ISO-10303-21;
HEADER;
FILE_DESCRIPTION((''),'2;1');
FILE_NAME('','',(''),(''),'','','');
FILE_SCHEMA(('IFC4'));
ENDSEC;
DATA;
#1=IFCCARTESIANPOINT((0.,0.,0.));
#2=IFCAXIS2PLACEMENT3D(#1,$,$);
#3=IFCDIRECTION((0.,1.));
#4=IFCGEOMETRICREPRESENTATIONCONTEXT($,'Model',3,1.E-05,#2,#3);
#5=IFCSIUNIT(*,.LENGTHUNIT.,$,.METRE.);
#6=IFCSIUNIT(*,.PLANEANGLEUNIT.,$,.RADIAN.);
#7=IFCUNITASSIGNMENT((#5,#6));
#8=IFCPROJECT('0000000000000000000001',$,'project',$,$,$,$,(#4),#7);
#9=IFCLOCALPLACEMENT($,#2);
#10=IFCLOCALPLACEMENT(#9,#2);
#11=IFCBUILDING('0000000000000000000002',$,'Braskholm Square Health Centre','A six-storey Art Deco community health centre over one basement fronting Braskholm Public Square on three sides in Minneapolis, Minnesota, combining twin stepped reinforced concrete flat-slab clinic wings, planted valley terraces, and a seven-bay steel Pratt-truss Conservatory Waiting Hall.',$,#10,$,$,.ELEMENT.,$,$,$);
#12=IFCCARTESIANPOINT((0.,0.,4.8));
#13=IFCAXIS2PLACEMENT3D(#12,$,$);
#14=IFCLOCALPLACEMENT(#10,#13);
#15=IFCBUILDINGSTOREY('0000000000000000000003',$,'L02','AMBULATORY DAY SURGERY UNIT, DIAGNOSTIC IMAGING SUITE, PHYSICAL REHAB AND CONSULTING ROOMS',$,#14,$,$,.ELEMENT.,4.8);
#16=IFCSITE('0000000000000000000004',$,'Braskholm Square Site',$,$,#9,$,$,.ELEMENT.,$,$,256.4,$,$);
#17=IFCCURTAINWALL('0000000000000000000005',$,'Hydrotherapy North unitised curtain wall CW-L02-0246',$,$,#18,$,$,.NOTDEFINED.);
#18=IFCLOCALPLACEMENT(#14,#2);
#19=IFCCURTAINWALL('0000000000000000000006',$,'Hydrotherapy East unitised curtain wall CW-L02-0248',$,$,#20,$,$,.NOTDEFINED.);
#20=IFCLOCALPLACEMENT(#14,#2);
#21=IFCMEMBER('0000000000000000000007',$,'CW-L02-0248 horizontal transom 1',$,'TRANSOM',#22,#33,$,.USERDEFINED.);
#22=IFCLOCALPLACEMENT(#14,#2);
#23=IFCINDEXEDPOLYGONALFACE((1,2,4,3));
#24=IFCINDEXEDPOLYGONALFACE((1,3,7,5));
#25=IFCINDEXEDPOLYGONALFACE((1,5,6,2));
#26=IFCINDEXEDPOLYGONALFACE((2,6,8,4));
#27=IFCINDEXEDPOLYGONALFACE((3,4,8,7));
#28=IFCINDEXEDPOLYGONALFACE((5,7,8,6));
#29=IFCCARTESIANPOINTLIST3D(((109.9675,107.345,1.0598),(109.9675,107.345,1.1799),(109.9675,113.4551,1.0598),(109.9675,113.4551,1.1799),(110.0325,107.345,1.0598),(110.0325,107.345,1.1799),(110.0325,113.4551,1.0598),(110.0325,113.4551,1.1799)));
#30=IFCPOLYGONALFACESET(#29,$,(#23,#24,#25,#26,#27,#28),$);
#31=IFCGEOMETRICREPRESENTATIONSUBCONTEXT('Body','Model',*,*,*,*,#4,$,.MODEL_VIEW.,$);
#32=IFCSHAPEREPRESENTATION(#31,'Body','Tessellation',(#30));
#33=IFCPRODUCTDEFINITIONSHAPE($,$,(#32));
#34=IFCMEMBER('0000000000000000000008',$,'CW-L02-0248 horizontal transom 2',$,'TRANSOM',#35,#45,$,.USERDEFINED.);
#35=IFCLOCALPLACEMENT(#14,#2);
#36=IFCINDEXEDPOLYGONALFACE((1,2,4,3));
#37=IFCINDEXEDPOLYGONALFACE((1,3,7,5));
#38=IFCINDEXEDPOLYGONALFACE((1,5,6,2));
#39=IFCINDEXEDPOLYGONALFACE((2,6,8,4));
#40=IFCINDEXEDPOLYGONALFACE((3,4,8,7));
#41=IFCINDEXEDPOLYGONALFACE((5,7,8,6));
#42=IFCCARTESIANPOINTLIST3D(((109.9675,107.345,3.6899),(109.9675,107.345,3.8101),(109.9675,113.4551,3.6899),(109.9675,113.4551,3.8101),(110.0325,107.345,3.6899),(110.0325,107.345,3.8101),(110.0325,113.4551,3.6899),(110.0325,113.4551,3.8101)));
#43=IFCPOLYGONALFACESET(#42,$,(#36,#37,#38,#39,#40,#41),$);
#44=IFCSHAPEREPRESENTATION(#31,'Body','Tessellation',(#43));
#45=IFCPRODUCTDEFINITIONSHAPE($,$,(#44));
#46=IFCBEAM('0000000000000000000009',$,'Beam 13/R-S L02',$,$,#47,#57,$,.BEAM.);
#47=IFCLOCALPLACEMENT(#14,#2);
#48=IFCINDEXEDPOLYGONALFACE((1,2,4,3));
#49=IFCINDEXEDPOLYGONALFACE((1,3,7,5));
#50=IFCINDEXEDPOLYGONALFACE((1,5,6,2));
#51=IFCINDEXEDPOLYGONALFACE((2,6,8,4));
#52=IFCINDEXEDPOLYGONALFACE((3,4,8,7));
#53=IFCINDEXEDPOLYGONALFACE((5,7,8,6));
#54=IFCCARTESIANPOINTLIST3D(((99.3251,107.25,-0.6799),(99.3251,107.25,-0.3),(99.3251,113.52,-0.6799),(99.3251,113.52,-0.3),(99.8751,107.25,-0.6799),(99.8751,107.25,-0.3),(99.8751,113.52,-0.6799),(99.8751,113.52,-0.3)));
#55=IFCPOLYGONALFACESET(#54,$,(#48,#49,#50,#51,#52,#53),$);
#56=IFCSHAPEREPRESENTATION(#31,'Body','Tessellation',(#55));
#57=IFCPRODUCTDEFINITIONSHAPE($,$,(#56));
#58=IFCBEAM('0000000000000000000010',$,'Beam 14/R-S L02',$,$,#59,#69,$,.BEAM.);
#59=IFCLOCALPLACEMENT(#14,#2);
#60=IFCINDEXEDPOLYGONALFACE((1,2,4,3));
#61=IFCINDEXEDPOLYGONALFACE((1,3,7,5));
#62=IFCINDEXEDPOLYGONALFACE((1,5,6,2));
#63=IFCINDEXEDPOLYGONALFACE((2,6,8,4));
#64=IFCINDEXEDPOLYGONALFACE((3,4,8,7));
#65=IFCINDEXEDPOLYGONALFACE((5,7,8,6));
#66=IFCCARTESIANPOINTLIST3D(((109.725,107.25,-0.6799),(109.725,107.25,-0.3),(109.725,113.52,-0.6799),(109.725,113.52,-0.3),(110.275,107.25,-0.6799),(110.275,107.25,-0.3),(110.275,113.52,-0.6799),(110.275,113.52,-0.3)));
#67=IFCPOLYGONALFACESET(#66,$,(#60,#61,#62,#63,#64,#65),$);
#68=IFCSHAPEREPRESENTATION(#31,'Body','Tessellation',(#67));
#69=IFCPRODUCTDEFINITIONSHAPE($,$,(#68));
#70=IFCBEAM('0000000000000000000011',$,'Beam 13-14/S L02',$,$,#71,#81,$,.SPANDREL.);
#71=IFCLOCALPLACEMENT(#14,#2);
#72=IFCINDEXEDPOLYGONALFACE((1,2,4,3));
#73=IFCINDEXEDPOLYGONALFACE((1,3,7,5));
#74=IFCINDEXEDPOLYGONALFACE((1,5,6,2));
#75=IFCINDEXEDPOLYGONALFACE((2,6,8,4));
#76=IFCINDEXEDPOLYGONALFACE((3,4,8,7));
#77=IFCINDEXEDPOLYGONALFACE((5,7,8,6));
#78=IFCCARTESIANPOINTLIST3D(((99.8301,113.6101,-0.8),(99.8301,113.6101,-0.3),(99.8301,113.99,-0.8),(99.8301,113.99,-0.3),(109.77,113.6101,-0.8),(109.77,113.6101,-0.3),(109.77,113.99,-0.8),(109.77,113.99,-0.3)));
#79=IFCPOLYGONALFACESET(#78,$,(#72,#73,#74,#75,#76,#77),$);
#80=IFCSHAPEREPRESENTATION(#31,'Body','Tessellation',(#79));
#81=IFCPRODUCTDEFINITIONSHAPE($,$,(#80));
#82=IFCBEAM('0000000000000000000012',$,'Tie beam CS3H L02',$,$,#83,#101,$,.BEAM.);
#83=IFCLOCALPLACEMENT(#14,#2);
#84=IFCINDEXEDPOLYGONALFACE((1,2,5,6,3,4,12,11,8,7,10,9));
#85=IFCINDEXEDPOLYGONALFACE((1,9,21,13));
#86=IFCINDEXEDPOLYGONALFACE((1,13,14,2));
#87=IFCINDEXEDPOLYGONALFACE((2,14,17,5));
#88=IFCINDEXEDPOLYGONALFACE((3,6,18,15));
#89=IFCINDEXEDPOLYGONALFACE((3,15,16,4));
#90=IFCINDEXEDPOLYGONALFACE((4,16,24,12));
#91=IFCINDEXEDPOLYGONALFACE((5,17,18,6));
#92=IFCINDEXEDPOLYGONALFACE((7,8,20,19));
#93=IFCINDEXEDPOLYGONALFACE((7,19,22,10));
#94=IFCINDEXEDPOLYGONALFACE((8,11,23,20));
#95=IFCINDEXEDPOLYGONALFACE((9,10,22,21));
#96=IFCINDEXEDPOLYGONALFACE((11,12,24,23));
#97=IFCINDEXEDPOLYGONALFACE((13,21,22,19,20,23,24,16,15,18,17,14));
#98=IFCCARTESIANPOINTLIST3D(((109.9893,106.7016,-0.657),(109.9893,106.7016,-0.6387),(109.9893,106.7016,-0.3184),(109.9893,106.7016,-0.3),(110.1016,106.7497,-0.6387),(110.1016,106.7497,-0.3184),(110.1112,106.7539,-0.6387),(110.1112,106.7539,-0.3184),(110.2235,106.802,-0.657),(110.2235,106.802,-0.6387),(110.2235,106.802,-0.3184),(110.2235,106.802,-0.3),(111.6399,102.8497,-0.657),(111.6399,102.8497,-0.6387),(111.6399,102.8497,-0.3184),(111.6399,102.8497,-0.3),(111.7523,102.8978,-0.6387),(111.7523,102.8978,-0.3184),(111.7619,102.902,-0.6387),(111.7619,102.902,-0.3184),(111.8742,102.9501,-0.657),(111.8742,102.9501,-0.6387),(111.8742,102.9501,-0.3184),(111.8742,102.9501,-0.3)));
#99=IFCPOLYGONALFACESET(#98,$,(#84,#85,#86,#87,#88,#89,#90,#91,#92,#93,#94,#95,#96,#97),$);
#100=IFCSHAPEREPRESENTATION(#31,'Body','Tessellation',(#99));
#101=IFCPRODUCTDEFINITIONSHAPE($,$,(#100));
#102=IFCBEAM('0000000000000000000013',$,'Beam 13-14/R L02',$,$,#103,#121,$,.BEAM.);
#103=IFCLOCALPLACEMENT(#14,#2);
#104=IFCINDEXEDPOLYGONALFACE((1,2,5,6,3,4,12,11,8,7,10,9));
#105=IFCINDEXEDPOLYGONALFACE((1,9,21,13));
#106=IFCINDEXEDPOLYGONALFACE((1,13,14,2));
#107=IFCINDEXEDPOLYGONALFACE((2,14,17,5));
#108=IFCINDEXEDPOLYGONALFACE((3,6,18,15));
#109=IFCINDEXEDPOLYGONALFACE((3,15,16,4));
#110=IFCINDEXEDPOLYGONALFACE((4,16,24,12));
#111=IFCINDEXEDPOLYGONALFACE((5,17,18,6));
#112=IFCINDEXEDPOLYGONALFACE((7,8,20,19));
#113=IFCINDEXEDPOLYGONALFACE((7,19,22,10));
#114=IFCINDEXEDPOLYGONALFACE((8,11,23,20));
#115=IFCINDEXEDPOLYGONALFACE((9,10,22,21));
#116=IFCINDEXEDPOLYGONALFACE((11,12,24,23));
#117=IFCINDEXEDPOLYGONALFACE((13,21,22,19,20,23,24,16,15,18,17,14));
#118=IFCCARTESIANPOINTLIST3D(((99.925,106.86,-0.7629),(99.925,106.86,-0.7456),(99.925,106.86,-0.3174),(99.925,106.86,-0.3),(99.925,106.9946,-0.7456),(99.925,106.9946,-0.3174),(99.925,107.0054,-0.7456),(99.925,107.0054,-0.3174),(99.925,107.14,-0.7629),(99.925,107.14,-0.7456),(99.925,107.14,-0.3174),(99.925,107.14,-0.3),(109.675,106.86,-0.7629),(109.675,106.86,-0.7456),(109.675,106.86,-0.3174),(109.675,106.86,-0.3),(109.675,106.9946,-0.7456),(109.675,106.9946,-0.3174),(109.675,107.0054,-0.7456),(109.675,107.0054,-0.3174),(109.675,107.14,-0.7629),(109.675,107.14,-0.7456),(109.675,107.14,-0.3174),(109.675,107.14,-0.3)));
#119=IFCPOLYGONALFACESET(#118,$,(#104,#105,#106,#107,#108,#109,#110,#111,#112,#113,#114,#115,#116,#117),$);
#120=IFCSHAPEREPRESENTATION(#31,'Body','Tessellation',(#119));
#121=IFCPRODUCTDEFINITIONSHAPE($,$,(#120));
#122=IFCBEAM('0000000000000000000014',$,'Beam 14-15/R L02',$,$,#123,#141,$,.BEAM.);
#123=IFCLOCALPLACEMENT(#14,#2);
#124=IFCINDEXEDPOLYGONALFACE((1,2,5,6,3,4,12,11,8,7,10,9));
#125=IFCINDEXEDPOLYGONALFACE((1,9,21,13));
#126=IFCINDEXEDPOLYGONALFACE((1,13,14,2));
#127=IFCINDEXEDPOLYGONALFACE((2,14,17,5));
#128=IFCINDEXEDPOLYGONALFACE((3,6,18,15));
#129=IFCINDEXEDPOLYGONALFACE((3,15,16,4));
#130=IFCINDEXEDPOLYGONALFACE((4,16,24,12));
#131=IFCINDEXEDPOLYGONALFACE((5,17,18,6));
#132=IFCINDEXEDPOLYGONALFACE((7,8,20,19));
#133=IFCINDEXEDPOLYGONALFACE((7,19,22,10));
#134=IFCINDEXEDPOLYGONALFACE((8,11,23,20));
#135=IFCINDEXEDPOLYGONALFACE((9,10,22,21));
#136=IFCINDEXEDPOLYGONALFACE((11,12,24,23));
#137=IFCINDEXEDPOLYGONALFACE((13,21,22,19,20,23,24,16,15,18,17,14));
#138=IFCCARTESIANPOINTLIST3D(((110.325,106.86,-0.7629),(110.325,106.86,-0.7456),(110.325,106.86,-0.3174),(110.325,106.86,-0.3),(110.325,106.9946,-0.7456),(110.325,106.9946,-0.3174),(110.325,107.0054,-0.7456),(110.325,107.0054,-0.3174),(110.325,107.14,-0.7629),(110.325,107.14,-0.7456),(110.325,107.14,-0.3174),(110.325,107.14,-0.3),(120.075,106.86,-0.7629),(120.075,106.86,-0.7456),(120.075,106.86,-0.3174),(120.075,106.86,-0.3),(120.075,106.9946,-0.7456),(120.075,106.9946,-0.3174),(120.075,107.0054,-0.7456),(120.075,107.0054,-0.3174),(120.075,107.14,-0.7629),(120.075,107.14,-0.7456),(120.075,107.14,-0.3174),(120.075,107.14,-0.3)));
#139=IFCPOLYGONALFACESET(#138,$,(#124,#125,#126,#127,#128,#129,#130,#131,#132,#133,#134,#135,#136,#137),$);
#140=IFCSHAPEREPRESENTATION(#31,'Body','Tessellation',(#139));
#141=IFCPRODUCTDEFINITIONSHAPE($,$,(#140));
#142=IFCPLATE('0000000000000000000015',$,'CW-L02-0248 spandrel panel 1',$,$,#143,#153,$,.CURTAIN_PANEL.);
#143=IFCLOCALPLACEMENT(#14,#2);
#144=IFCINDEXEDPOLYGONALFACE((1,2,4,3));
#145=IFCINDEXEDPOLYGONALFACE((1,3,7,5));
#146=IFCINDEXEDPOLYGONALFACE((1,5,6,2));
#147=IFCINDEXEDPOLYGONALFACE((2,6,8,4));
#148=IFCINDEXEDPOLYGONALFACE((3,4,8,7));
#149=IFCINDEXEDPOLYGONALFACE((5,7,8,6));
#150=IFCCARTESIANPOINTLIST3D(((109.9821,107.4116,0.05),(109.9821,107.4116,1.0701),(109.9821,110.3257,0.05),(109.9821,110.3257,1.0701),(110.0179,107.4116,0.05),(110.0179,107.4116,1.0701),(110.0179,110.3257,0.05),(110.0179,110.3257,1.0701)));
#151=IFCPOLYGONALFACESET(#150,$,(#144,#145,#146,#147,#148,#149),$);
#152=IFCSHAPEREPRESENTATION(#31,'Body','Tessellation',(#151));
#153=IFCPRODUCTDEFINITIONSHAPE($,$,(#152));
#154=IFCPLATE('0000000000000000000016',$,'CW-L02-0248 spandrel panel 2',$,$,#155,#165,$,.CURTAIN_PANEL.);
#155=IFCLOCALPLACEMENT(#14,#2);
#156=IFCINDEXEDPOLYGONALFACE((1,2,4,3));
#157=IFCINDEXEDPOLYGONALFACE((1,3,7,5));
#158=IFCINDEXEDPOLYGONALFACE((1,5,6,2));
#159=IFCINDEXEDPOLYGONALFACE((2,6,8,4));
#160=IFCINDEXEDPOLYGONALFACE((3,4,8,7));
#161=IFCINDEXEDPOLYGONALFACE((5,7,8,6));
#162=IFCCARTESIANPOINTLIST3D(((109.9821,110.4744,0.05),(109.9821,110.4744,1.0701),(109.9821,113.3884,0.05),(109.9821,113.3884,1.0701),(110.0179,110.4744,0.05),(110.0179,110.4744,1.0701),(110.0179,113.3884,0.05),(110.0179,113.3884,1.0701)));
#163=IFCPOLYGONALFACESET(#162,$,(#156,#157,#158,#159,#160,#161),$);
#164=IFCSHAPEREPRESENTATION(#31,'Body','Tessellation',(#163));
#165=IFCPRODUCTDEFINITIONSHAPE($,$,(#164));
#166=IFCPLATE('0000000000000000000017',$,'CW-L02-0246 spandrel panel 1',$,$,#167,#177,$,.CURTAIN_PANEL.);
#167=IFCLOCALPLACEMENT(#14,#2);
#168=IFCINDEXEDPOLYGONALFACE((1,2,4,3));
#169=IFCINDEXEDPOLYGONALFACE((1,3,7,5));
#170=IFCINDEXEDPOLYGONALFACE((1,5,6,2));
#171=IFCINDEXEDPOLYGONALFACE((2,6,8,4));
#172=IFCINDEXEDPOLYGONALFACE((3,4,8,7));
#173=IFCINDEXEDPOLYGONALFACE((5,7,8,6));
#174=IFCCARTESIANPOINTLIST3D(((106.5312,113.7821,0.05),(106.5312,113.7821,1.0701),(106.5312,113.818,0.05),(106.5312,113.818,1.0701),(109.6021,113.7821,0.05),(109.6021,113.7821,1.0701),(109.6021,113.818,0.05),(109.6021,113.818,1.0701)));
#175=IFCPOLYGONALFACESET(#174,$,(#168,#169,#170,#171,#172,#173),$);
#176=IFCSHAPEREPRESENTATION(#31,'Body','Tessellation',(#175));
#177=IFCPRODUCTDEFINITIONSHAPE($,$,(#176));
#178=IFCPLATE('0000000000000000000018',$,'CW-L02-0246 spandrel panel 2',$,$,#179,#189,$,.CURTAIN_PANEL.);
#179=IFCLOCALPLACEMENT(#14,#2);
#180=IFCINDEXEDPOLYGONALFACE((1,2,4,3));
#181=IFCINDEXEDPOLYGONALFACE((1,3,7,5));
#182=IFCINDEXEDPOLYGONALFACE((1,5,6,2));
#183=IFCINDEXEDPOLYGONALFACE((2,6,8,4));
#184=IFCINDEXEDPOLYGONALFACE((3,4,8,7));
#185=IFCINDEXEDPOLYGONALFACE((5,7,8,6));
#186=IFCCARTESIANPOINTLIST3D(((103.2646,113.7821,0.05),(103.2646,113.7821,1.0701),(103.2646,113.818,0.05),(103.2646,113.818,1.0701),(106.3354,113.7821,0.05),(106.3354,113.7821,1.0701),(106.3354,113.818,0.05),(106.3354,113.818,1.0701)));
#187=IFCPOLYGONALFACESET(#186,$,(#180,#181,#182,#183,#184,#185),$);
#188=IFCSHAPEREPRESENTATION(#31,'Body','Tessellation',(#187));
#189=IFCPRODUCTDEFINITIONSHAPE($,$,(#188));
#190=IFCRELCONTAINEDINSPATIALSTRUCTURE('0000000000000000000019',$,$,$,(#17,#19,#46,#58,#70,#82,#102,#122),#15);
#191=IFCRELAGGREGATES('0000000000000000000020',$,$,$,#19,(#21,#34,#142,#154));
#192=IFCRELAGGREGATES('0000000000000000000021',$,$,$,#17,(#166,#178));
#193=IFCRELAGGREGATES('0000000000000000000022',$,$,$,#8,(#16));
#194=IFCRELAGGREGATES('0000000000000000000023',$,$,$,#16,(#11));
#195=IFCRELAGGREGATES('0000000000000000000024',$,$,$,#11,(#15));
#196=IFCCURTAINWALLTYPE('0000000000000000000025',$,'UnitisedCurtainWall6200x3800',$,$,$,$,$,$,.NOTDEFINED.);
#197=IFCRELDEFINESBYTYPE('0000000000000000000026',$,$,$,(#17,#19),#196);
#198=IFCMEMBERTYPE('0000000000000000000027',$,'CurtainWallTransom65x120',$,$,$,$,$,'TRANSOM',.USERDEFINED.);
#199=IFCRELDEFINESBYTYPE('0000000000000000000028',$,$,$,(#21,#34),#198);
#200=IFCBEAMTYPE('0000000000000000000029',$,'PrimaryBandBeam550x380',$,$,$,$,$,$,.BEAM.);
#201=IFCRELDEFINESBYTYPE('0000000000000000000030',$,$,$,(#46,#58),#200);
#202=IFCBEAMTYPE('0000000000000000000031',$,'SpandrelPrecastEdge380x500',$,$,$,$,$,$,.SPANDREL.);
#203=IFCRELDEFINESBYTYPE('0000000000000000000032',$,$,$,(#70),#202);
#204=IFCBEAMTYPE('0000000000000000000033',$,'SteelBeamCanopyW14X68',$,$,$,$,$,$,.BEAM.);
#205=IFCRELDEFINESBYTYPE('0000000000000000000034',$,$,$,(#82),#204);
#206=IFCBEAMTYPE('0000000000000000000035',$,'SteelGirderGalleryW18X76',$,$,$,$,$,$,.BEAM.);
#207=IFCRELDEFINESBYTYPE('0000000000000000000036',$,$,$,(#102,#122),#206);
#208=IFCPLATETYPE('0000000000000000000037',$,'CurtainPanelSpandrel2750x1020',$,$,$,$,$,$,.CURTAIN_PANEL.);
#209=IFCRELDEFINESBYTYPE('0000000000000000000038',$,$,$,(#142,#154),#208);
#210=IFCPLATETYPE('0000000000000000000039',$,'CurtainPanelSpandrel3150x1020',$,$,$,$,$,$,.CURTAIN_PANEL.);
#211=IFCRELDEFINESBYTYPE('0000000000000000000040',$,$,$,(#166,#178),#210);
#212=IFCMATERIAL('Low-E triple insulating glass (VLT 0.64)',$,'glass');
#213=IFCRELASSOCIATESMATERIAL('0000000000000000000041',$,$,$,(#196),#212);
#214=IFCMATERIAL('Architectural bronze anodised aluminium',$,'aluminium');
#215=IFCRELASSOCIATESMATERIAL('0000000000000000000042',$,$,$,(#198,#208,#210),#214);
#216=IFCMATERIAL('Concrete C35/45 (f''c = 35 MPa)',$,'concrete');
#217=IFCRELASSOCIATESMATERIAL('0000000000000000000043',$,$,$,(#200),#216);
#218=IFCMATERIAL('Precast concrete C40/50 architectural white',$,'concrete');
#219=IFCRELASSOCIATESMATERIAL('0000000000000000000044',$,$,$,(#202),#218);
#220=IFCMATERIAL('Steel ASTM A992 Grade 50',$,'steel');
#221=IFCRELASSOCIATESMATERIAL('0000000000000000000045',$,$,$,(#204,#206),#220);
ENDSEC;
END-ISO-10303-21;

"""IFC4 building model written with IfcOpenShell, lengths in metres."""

from ifc_helpers import new_model, si_unit, direction, frame, origin, origin_2d, place, context, subcontext, project, spatial, rectangle, i_section, extrude, material, material_profile, profile_set, type_object, element, aggregate, save


model = new_model("IFC4")

# Units and contexts
model_context = context("Model", 3, precision=1e-05, world=origin(), true_north=direction((0.0, 1.0)))
body_context = subcontext(model_context, "Body", "Model", "MODEL_VIEW")
ifc_project = project(units=[si_unit("LENGTHUNIT", "METRE"), si_unit("PLANEANGLEUNIT", "RADIAN")], contexts=[model_context])

# Site, building, storey
site_placement = place(None, origin())
site = spatial("IfcSite", under=ifc_project, at=site_placement, Name="Braskholm Square Site", CompositionType="ELEMENT", RefElevation=256.4)
building_placement = place(site_placement, origin())
building = spatial("IfcBuilding", under=site, at=building_placement, Name="Braskholm Square Health Centre", Description="A six-storey Art Deco community health centre over one basement fronting Braskholm Public Square on three sides in Minneapolis, Minnesota, combining twin stepped reinforced concrete flat-slab clinic wings, planted valley terraces, and a seven-bay steel Pratt-truss Conservatory Waiting Hall.", CompositionType="ELEMENT")
storey_placement = place(building_placement, frame((0.0, 0.0, 4.8)))
storey = spatial("IfcBuildingStorey", under=building, at=storey_placement, Name="L02", Description="AMBULATORY DAY SURGERY UNIT, DIAGNOSTIC IMAGING SUITE, PHYSICAL REHAB AND CONSULTING ROOMS", CompositionType="ELEMENT", Elevation=4.8)

# Shared definitions
ifc_material_1 = material(Name="Precast concrete C40/50 architectural white", Category="concrete")

# Shared definitions
ifc_material_2 = material(Name="Low-E triple insulating glass (VLT 0.64)", Category="glass")
curtain_wall_type = type_object("IfcCurtainWallType", Name="UnitisedCurtainWall6200x3800", PredefinedType="NOTDEFINED", material=ifc_material_2)
ifc_material_3 = material(Name="Architectural bronze anodised aluminium", Category="aluminium")

# Curtain walls
curtain_wall_1_placement = place(storey_placement, origin())
curtain_wall_1 = element("IfcCurtainWall", 1, at=curtain_wall_1_placement, inside=storey, type_object=curtain_wall_type, Name="Hydrotherapy North unitised curtain wall CW-L02-0246", PredefinedType="NOTDEFINED")
curtain_wall_2_placement = place(storey_placement, origin())
curtain_wall_2 = element("IfcCurtainWall", 2, at=curtain_wall_2_placement, inside=storey, type_object=curtain_wall_type, Name="Hydrotherapy East unitised curtain wall CW-L02-0248", PredefinedType="NOTDEFINED")

# Members
ifc_material_profile_1 = material_profile(ifc_material_3, rectangle(XDim=0.0649, YDim=0.1201, at=origin_2d()), Name="ALU-65X120")
ifc_profile_set_1 = profile_set([ifc_material_profile_1], Name="Architectural bronze anodised aluminium")
member_type_1 = type_object("IfcMemberType", Name="CurtainWallTransom65x120", ElementType="TRANSOM", PredefinedType="USERDEFINED", material=ifc_profile_set_1)
member_1_placement = place(storey_placement, frame((110.0, 107.345, 1.1199), z_axis=(0.0, 1.0, 0.0), x_axis=(-1.0, 0.0, 0.0)))
member_1 = element("IfcMember", 3, at=member_1_placement, type_object=member_type_1, Name="CW-L02-0248 horizontal transom 1", ObjectType="TRANSOM", PredefinedType="USERDEFINED", context=body_context, shape_type="SweptSolid", body=[
    extrude(rectangle(XDim=0.0649, YDim=0.1201, at=origin_2d()), origin(), (0.0, 0.0, 1.0), 6.1101),
])
member_2_placement = place(storey_placement, frame((110.0, 107.345, 3.75), z_axis=(0.0, 1.0, 0.0), x_axis=(-1.0, 0.0, 0.0)))
member_2 = element("IfcMember", 4, at=member_2_placement, type_object=member_type_1, Name="CW-L02-0248 horizontal transom 2", ObjectType="TRANSOM", PredefinedType="USERDEFINED", context=body_context, shape_type="SweptSolid", body=[
    extrude(rectangle(XDim=0.0649, YDim=0.1201, at=origin_2d()), origin(), (0.0, 0.0, 1.0), 6.1101),
])

# Beams
ifc_material_4 = material(Name="Concrete C35/45 (f'c = 35 MPa)", Category="concrete")
ifc_material_profile_2 = material_profile(ifc_material_4, rectangle(XDim=0.55, YDim=0.3799, at=origin_2d()), Name="RCB-550X380")
ifc_profile_set_2 = profile_set([ifc_material_profile_2], Name="Concrete C35/45 (f'c = 35 MPa)")
beam_type_1 = type_object("IfcBeamType", Name="PrimaryBandBeam550x380", PredefinedType="BEAM", material=ifc_profile_set_2)
for number, where, z_axis, x_axis, name in (
    (5, (99.6001, 107.25, -0.49), (0.0, 1.0, 0.0), (-1.0, 0.0, 0.0), "Beam 13/R-S L02"),
    (6, (110.0, 107.25, -0.49), (0.0, 1.0, 0.0), (-1.0, 0.0, 0.0), "Beam 14/R-S L02"),
):
    element("IfcBeam", number, at=place(storey_placement, frame(where, z_axis=z_axis, x_axis=x_axis)), inside=storey, type_object=beam_type_1, Name=name, PredefinedType="BEAM", context=body_context, shape_type="SweptSolid", body=[
        extrude(rectangle(XDim=0.55, YDim=0.3799, at=origin_2d()), origin(), (0.0, 0.0, 1.0), 6.27),
    ])
ifc_material_profile_3 = material_profile(ifc_material_1, rectangle(XDim=0.3799, YDim=0.5, at=origin_2d()), Name="RCB-380X500")
ifc_profile_set_3 = profile_set([ifc_material_profile_3], Name="Precast concrete C40/50 architectural white")
beam_type_2 = type_object("IfcBeamType", Name="SpandrelPrecastEdge380x500", PredefinedType="SPANDREL", material=ifc_profile_set_3)
beam_1_placement = place(storey_placement, frame((99.8301, 113.8, -0.55), z_axis=(1.0, 0.0, 0.0), x_axis=(0.0, 1.0, 0.0)))
element("IfcBeam", 7, at=beam_1_placement, inside=storey, type_object=beam_type_2, Name="Beam 13-14/S L02", PredefinedType="SPANDREL", context=body_context, shape_type="SweptSolid", body=[
    extrude(rectangle(XDim=0.3799, YDim=0.5, at=origin_2d()), origin(), (0.0, 0.0, 1.0), 9.9399),
])
ifc_material_5 = material(Name="Steel ASTM A992 Grade 50", Category="steel")
ifc_material_profile_4 = material_profile(ifc_material_5, i_section(OverallWidth=0.2549, OverallDepth=0.3569, WebThickness=0.0105, FlangeThickness=0.0183, at=origin_2d()), Name="W14X68")
ifc_profile_set_4 = profile_set([ifc_material_profile_4], Name="Steel ASTM A992 Grade 50")
beam_type_3 = type_object("IfcBeamType", Name="SteelBeamCanopyW14X68", PredefinedType="BEAM", material=ifc_profile_set_4)
beam_2_placement = place(storey_placement, frame((111.7571, 102.8999, -0.4785), z_axis=(-0.393891, 0.919157, 0.0), x_axis=(-0.919157, -0.393891, 0.0)))
element("IfcBeam", 8, at=beam_2_placement, inside=storey, type_object=beam_type_3, Name="Tie beam CS3H L02", PredefinedType="BEAM", context=body_context, shape_type="SweptSolid", body=[
    extrude(i_section(OverallWidth=0.2549, OverallDepth=0.3569, WebThickness=0.0105, FlangeThickness=0.0183, at=origin_2d()), origin(), (0.0, 0.0, 1.0), 4.1907),
])
ifc_material_profile_5 = material_profile(ifc_material_5, i_section(OverallWidth=0.28, OverallDepth=0.4629, WebThickness=0.0107, FlangeThickness=0.0173, at=origin_2d()), Name="W18X76")
ifc_profile_set_5 = profile_set([ifc_material_profile_5], Name="Steel ASTM A992 Grade 50")
beam_type_4 = type_object("IfcBeamType", Name="SteelGirderGalleryW18X76", PredefinedType="BEAM", material=ifc_profile_set_5)
for number, where, z_axis, x_axis, name in (
    (9, (99.925, 107.0, -0.5315), (1.0, 0.0, 0.0), (0.0, 1.0, 0.0), "Beam 13-14/R L02"),
    (10, (110.325, 107.0, -0.5315), (1.0, 0.0, 0.0), (0.0, 1.0, 0.0), "Beam 14-15/R L02"),
):
    element("IfcBeam", number, at=place(storey_placement, frame(where, z_axis=z_axis, x_axis=x_axis)), inside=storey, type_object=beam_type_4, Name=name, PredefinedType="BEAM", context=body_context, shape_type="SweptSolid", body=[
        extrude(i_section(OverallWidth=0.28, OverallDepth=0.4629, WebThickness=0.0107, FlangeThickness=0.0173, at=origin_2d()), origin(), (0.0, 0.0, 1.0), 9.75),
    ])

# Plates
plate_type_1 = type_object("IfcPlateType", Name="CurtainPanelSpandrel2750x1020", PredefinedType="CURTAIN_PANEL", material=ifc_material_3)
plate_1_placement = place(storey_placement, frame((110.0, 108.8687, 0.05), z_axis=(0.0, 0.0, 1.0), x_axis=(0.0, 1.0, 0.0)))
plate_1 = element("IfcPlate", 11, at=plate_1_placement, type_object=plate_type_1, Name="CW-L02-0248 spandrel panel 1", PredefinedType="CURTAIN_PANEL", context=body_context, shape_type="SweptSolid", body=[
    extrude(rectangle(XDim=2.9141, YDim=0.0359, at=origin_2d()), origin(), (0.0, 0.0, 1.0), 1.02),
])
plate_2_placement = place(storey_placement, frame((110.0, 111.9314, 0.05), z_axis=(0.0, 0.0, 1.0), x_axis=(0.0, 1.0, 0.0)))
plate_2 = element("IfcPlate", 12, at=plate_2_placement, type_object=plate_type_1, Name="CW-L02-0248 spandrel panel 2", PredefinedType="CURTAIN_PANEL", context=body_context, shape_type="SweptSolid", body=[
    extrude(rectangle(XDim=2.9141, YDim=0.0359, at=origin_2d()), origin(), (0.0, 0.0, 1.0), 1.02),
])
plate_type_2 = type_object("IfcPlateType", Name="CurtainPanelSpandrel3150x1020", PredefinedType="CURTAIN_PANEL", material=ifc_material_3)
plate_3_placement = place(storey_placement, frame((108.0667, 113.8, 0.05), z_axis=(0.0, 0.0, 1.0), x_axis=(-1.0, 0.0, 0.0)))
plate_3 = element("IfcPlate", 13, at=plate_3_placement, type_object=plate_type_2, Name="CW-L02-0246 spandrel panel 1", PredefinedType="CURTAIN_PANEL", context=body_context, shape_type="SweptSolid", body=[
    extrude(rectangle(XDim=3.0708, YDim=0.0359, at=origin_2d()), origin(), (0.0, 0.0, 1.0), 1.02),
])
plate_4_placement = place(storey_placement, frame((104.8, 113.8, 0.05), z_axis=(0.0, 0.0, 1.0), x_axis=(-1.0, 0.0, 0.0)))
plate_4 = element("IfcPlate", 14, at=plate_4_placement, type_object=plate_type_2, Name="CW-L02-0246 spandrel panel 2", PredefinedType="CURTAIN_PANEL", context=body_context, shape_type="SweptSolid", body=[
    extrude(rectangle(XDim=3.0708, YDim=0.0359, at=origin_2d()), origin(), (0.0, 0.0, 1.0), 1.02),
])
aggregate(curtain_wall_2, [member_1, member_2, plate_1, plate_2])
aggregate(curtain_wall_1, [plate_3, plate_4])

save(model, "model.ifc")
